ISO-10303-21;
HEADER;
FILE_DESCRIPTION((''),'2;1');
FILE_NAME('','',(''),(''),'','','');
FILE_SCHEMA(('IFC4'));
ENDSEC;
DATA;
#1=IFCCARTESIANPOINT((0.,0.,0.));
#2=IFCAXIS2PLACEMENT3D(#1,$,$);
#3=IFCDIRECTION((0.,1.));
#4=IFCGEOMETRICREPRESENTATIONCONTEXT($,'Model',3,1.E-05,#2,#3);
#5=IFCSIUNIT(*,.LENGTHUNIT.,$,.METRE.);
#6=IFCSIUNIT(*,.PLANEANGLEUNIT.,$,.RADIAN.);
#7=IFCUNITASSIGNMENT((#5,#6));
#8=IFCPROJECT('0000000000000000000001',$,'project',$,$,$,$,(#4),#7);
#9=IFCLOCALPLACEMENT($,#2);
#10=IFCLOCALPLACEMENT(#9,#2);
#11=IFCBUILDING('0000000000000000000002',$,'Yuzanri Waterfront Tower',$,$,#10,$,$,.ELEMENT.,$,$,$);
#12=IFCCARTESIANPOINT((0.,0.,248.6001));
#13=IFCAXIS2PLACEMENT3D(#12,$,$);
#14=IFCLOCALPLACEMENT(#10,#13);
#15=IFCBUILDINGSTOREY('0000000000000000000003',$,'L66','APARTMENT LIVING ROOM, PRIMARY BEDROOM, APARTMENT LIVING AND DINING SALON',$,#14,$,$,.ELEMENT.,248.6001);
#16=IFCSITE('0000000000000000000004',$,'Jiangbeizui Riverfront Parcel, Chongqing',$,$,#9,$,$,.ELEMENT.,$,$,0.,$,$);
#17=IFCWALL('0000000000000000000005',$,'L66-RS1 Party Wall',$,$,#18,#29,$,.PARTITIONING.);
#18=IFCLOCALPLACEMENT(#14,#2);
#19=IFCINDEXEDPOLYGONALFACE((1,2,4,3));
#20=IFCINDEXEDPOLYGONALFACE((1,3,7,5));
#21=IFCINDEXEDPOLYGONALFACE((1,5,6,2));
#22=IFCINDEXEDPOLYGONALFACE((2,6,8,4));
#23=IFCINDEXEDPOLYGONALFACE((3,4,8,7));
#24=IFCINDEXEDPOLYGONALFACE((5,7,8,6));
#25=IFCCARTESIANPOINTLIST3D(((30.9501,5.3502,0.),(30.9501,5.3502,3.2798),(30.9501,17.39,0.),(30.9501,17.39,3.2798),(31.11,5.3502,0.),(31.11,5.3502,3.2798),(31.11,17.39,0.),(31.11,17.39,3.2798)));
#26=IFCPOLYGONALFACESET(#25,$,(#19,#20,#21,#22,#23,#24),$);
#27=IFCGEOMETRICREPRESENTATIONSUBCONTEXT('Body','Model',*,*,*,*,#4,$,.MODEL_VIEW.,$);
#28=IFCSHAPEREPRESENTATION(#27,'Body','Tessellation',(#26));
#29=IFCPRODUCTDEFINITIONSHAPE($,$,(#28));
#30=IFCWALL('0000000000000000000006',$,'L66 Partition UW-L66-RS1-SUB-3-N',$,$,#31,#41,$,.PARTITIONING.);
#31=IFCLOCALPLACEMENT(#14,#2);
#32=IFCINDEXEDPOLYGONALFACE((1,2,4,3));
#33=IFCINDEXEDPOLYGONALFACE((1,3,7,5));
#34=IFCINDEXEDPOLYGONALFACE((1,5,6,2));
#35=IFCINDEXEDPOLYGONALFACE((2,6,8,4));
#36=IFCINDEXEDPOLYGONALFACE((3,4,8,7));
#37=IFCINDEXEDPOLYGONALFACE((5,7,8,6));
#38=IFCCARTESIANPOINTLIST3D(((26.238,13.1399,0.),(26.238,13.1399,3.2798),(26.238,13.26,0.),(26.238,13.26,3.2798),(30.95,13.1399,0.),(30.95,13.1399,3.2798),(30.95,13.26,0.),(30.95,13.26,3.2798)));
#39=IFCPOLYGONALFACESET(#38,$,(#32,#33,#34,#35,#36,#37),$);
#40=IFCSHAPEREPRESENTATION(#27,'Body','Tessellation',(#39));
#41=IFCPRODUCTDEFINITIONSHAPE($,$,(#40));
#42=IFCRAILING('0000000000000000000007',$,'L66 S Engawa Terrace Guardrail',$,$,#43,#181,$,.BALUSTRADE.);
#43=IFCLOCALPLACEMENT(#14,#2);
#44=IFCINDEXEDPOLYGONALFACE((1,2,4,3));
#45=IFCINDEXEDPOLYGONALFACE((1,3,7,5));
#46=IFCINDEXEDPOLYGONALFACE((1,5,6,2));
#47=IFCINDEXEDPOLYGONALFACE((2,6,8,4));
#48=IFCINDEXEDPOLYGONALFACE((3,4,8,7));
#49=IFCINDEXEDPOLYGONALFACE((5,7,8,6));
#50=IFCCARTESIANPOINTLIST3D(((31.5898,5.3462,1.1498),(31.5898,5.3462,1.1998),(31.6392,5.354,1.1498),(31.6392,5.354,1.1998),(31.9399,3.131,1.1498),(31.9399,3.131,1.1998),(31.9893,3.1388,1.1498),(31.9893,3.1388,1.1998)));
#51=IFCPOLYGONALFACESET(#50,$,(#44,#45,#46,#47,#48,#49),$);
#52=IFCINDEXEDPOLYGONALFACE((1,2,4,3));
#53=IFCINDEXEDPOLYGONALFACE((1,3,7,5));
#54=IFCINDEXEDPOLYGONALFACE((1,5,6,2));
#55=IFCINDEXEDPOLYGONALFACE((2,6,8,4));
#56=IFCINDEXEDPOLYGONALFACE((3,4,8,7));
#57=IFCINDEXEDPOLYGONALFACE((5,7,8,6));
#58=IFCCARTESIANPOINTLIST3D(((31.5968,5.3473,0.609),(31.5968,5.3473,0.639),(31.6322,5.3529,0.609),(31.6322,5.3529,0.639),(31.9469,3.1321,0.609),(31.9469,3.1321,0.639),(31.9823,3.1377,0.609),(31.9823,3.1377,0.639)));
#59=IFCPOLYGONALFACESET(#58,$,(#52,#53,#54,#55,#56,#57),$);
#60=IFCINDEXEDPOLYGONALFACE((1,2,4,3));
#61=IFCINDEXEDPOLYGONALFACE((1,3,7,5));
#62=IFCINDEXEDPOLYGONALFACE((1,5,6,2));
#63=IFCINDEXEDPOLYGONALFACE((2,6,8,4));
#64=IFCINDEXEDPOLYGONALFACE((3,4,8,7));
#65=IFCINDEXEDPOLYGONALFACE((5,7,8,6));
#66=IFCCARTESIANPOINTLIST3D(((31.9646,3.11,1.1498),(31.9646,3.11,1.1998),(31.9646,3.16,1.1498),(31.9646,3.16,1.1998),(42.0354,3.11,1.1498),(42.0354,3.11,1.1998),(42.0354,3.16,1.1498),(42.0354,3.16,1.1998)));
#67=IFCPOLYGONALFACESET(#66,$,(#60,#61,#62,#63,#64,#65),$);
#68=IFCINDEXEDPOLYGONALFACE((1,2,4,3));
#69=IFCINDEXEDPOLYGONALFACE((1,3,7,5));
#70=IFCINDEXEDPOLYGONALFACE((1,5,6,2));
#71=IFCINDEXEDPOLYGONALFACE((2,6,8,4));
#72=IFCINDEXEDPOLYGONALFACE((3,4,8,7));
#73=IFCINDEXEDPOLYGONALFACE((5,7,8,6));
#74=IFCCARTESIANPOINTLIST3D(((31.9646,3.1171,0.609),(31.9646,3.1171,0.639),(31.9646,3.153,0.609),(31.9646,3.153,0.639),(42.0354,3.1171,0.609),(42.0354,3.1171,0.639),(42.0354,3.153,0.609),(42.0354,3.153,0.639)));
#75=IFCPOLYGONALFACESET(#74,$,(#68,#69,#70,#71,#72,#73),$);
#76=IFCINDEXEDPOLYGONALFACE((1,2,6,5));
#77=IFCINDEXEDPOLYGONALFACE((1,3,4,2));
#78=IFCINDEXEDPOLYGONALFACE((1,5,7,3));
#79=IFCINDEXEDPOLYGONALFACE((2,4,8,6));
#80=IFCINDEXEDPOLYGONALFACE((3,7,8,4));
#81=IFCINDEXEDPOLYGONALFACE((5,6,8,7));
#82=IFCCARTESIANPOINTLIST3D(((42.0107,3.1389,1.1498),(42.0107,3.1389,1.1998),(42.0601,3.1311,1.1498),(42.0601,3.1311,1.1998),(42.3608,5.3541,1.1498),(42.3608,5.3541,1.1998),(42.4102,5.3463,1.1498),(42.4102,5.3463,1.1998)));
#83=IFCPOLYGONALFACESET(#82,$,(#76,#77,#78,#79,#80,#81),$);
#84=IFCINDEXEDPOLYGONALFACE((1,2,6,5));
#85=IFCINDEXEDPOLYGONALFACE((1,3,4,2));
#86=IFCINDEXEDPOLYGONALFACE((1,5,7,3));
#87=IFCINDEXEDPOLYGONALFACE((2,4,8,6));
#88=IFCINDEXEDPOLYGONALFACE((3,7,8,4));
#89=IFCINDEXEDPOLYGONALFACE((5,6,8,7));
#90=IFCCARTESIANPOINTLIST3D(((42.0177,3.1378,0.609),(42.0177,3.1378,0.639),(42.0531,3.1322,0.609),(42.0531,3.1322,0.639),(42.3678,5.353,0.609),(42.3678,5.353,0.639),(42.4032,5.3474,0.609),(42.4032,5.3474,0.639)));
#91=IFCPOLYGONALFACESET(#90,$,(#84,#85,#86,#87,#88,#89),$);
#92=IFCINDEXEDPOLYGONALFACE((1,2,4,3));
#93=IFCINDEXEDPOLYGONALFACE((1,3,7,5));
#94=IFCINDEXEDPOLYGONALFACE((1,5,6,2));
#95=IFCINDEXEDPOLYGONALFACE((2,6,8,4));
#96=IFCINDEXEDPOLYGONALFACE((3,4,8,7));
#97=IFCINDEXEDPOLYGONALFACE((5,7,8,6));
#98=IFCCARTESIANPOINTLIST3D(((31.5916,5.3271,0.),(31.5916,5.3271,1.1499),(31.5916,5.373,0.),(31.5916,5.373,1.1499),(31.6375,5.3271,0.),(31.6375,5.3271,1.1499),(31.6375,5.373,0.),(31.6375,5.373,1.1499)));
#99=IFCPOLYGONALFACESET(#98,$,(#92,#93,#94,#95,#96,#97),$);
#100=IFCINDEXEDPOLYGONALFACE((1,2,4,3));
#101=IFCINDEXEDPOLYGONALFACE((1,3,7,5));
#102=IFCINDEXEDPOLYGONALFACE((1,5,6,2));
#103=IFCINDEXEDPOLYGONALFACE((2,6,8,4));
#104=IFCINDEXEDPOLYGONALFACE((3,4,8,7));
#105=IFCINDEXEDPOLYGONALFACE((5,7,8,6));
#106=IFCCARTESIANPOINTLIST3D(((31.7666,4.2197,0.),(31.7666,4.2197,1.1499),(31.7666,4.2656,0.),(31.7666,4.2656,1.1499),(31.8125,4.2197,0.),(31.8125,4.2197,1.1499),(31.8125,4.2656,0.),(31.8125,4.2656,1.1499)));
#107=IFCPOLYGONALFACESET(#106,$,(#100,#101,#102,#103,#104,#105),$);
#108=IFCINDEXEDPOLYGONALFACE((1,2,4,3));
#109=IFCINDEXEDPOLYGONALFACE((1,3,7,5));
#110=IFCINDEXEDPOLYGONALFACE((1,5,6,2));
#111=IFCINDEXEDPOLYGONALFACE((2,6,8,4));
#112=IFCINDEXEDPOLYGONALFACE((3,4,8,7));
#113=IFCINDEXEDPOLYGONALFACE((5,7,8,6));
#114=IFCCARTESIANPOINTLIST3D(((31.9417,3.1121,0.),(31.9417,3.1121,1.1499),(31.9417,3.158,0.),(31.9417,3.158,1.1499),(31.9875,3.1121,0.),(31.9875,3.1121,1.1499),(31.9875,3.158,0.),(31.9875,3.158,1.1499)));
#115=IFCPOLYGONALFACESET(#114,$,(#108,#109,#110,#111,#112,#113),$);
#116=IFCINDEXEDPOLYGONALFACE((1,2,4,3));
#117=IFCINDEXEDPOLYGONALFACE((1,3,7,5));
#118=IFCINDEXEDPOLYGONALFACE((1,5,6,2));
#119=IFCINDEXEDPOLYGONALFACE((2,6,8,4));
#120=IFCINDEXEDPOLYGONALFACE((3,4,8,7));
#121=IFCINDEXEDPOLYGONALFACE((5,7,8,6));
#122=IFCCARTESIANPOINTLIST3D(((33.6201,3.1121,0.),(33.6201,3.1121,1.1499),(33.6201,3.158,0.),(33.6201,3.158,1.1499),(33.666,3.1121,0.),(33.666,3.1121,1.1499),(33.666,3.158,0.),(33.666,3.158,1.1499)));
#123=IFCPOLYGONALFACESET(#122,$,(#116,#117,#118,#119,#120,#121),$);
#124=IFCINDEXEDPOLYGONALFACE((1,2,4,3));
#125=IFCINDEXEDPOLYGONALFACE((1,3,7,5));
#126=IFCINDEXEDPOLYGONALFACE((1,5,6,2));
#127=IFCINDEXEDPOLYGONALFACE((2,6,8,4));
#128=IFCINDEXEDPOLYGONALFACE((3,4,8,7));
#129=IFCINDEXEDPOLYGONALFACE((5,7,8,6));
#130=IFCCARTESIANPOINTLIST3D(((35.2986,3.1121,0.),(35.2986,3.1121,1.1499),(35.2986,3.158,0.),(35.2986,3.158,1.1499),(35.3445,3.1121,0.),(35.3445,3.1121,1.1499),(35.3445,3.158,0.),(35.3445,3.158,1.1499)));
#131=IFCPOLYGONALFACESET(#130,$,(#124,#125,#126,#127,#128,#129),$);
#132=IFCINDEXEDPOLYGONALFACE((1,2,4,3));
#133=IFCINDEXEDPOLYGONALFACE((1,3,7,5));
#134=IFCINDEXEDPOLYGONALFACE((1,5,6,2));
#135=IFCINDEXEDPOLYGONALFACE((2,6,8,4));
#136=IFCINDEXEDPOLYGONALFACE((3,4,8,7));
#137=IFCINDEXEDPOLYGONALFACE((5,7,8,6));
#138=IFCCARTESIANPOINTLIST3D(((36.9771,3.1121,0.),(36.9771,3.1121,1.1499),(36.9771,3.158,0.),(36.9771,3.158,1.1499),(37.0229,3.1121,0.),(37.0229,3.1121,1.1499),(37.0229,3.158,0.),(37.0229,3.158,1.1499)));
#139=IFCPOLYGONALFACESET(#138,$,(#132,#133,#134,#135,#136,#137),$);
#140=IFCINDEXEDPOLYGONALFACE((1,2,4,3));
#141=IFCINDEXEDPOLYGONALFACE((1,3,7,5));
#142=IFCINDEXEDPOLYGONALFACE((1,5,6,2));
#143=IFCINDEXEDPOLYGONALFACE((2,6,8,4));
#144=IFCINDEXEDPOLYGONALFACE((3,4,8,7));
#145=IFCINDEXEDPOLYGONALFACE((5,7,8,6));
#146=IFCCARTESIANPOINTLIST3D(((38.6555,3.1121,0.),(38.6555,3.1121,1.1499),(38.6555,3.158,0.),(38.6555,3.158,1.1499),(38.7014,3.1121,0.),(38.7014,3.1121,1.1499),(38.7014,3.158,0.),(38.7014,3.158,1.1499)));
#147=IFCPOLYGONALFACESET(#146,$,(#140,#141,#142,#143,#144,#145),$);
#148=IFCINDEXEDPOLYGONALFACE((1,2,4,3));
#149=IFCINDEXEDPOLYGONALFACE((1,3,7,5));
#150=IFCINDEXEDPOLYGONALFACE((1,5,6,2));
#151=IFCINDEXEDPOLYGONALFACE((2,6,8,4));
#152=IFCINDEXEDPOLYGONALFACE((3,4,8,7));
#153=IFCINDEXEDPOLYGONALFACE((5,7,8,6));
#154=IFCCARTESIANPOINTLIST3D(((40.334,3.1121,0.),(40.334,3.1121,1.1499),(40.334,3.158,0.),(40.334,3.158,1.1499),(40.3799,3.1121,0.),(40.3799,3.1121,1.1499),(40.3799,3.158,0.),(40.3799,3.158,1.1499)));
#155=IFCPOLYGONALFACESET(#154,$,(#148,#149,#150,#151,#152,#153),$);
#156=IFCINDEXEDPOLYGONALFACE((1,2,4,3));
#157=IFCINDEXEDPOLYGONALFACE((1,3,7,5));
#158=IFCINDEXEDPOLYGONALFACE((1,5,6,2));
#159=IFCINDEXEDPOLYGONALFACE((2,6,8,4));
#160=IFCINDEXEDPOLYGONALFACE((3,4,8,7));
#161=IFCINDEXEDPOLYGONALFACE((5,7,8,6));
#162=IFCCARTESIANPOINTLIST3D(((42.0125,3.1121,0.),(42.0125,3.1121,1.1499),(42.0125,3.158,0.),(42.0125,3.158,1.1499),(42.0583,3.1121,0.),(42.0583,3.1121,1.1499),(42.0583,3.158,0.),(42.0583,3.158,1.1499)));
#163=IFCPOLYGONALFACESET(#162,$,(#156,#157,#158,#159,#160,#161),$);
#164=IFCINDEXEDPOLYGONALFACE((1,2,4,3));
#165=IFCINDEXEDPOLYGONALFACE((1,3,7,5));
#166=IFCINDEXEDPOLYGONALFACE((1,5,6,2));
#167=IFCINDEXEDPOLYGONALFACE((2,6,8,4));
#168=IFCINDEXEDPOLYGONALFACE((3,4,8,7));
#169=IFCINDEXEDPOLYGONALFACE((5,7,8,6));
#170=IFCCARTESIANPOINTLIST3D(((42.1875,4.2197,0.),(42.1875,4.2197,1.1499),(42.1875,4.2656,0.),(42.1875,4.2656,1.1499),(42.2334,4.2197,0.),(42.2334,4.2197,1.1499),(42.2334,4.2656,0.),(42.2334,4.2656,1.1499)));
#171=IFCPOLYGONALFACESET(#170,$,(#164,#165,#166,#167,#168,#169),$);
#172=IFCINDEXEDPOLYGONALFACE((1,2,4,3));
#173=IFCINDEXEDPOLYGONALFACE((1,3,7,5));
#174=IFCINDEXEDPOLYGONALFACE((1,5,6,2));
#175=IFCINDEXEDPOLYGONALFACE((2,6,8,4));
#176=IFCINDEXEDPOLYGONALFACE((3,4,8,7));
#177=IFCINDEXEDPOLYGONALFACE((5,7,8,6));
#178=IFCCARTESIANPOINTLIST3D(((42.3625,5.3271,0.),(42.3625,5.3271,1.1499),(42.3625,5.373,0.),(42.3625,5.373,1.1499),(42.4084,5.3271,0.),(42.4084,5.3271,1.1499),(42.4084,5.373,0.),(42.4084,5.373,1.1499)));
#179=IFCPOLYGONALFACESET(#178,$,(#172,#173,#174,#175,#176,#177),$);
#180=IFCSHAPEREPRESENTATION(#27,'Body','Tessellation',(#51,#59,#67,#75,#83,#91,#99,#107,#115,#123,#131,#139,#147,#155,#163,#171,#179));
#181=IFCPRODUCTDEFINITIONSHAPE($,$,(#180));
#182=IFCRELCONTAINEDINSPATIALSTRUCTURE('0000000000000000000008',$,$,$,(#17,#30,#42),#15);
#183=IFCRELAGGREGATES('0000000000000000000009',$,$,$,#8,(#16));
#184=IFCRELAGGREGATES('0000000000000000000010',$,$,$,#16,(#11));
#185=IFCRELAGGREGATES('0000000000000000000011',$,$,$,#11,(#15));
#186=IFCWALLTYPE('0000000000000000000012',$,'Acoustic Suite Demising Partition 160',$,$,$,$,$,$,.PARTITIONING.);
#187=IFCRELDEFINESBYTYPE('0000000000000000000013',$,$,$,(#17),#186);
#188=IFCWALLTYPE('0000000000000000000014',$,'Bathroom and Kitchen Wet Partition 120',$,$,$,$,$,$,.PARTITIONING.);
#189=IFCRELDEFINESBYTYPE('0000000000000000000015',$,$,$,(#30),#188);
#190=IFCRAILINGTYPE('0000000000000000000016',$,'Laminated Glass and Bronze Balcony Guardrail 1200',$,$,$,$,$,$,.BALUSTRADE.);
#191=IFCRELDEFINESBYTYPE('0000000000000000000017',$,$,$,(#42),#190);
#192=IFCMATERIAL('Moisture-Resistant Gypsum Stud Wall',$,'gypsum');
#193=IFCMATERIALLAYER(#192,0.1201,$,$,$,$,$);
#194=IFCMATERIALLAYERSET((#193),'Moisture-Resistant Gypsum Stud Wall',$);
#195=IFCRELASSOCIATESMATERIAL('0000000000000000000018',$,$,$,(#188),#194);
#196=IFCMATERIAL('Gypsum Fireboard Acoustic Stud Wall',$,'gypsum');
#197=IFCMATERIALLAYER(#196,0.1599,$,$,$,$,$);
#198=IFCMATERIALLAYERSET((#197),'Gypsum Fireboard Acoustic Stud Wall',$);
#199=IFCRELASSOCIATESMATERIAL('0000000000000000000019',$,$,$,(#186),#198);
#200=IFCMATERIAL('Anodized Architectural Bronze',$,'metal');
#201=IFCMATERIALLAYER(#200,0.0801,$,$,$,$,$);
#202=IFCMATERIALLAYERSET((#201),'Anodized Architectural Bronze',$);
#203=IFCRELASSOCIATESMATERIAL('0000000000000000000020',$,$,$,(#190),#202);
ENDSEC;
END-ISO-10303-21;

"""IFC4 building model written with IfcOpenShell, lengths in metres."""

from ifc_helpers import new_model, si_unit, direction, frame, frame_2d, origin, origin_2d, place, context, subcontext, project, spatial, rectangle, extrude, source, transform, mapped, material, layer, layer_set, type_object, element, save


model = new_model("IFC4")

# Units and contexts
model_context = context("Model", 3, precision=1e-05, world=origin(), true_north=direction((0.0, 1.0)))
body_context = subcontext(model_context, "Body", "Model", "MODEL_VIEW")
ifc_project = project(units=[si_unit("LENGTHUNIT", "METRE"), si_unit("PLANEANGLEUNIT", "RADIAN")], contexts=[model_context])

# Site, building, storey
site_placement = place(None, origin())
site = spatial("IfcSite", under=ifc_project, at=site_placement, Name="Jiangbeizui Riverfront Parcel, Chongqing", CompositionType="ELEMENT", RefElevation=0.0)
building_placement = place(site_placement, origin())
building = spatial("IfcBuilding", under=site, at=building_placement, Name="Yuzanri Waterfront Tower", CompositionType="ELEMENT")
storey_placement = place(building_placement, frame((0.0, 0.0, 248.6001)))
storey = spatial("IfcBuildingStorey", under=building, at=storey_placement, Name="L66", Description="APARTMENT LIVING ROOM, PRIMARY BEDROOM, APARTMENT LIVING AND DINING SALON", CompositionType="ELEMENT", Elevation=248.6001)

# Shared definitions
ifc_material_1 = material(Name="Moisture-Resistant Gypsum Stud Wall", Category="gypsum")
ifc_layer_1 = layer(ifc_material_1, 0.1201)
ifc_layer_set_1 = layer_set([ifc_layer_1], Name="Moisture-Resistant Gypsum Stud Wall")
wall_type_1 = type_object("IfcWallType", Name="Bathroom and Kitchen Wet Partition 120", PredefinedType="PARTITIONING", material=ifc_layer_set_1)

# Walls
ifc_material_2 = material(Name="Gypsum Fireboard Acoustic Stud Wall", Category="gypsum")
ifc_layer_2 = layer(ifc_material_2, 0.1599)
ifc_layer_set_2 = layer_set([ifc_layer_2], Name="Gypsum Fireboard Acoustic Stud Wall")
wall_type_2 = type_object("IfcWallType", Name="Acoustic Suite Demising Partition 160", PredefinedType="PARTITIONING", material=ifc_layer_set_2)
shared_shape_1 = source(origin(), body_context, "Body", "SweptSolid", [
    extrude(rectangle(XDim=12.0398, YDim=0.1599, at=frame_2d((6.02, 0.0))), origin(), (0.0, 0.0, 1.0), 3.2798),
])
wall_1_placement = place(storey_placement, frame((31.03, 5.3501, 0.0), z_axis=(0.0, 0.0, 1.0), x_axis=(0.0, 1.0, 0.0)))
element("IfcWall", 1, at=wall_1_placement, inside=storey, type_object=wall_type_2, Name="L66-RS1 Party Wall", PredefinedType="PARTITIONING", context=body_context, shape_type="MappedRepresentation", body=[
    mapped(shared_shape_1, transform((0.0, 0.0, 0.0), scale=1.0)),
])
shared_shape_2 = source(origin(), body_context, "Body", "SweptSolid", [
    extrude(rectangle(XDim=4.7119, YDim=0.1201, at=frame_2d((2.356, 0.0))), origin(), (0.0, 0.0, 1.0), 3.2798),
])
wall_2_placement = place(storey_placement, frame((26.238, 13.2, 0.0), z_axis=(0.0, 0.0, 1.0), x_axis=(1.0, 0.0, 0.0)))
element("IfcWall", 2, at=wall_2_placement, inside=storey, type_object=wall_type_1, Name="L66 Partition UW-L66-RS1-SUB-3-N", PredefinedType="PARTITIONING", context=body_context, shape_type="MappedRepresentation", body=[
    mapped(shared_shape_2, transform((0.0, 0.0, 0.0), scale=1.0)),
])

# Railing
ifc_material_3 = material(Name="Anodized Architectural Bronze", Category="metal")
ifc_layer_3 = layer(ifc_material_3, 0.0801)
ifc_layer_set_3 = layer_set([ifc_layer_3], Name="Anodized Architectural Bronze")
railing_type = type_object("IfcRailingType", Name="Laminated Glass and Bronze Balcony Guardrail 1200", PredefinedType="BALUSTRADE", material=ifc_layer_set_3)
shared_shape_3 = source(origin(), body_context, "Body", "SweptSolid", [
    extrude(rectangle(XDim=0.05, YDim=0.05, at=origin_2d()), frame((0.0, 0.0, 1.1748), z_axis=(0.156114, -0.987739, 0.0), x_axis=(0.987739, 0.156114, 0.0)), (0.0, 0.0, 1.0), 2.2427),
    extrude(rectangle(XDim=0.0359, YDim=0.03, at=origin_2d()), frame((0.0, 0.0, 0.624), z_axis=(0.156114, -0.987739, 0.0), x_axis=(0.987739, 0.156114, 0.0)), (0.0, 0.0, 1.0), 2.2427),
    extrude(rectangle(XDim=0.05, YDim=0.05, at=origin_2d()), frame((0.3501, -2.2151, 1.1748), z_axis=(1.0, 0.0, 0.0), x_axis=(0.0, 1.0, 0.0)), (0.0, 0.0, 1.0), 10.0708),
    extrude(rectangle(XDim=0.0359, YDim=0.03, at=origin_2d()), frame((0.3501, -2.2151, 0.624), z_axis=(1.0, 0.0, 0.0), x_axis=(0.0, 1.0, 0.0)), (0.0, 0.0, 1.0), 10.0708),
    extrude(rectangle(XDim=0.05, YDim=0.05, at=origin_2d()), frame((10.4209, -2.2151, 1.1748), z_axis=(0.156114, 0.987739, 0.0), x_axis=(-0.987739, 0.156114, 0.0)), (0.0, 0.0, 1.0), 2.2427),
    extrude(rectangle(XDim=0.0359, YDim=0.03, at=origin_2d()), frame((10.4209, -2.2151, 0.624), z_axis=(0.156114, 0.987739, 0.0), x_axis=(-0.987739, 0.156114, 0.0)), (0.0, 0.0, 1.0), 2.2427),
    extrude(rectangle(XDim=0.0459, YDim=0.0459, at=origin_2d()), origin(), (0.0, 0.0, 1.0), 1.1499),
    extrude(rectangle(XDim=0.0459, YDim=0.0459, at=origin_2d()), frame((0.175, -1.1074, 0.0)), (0.0, 0.0, 1.0), 1.1499),
    extrude(rectangle(XDim=0.0459, YDim=0.0459, at=origin_2d()), frame((0.3501, -2.2151, 0.0)), (0.0, 0.0, 1.0), 1.1499),
    extrude(rectangle(XDim=0.0459, YDim=0.0459, at=origin_2d()), frame((2.0286, -2.2151, 0.0)), (0.0, 0.0, 1.0), 1.1499),
    extrude(rectangle(XDim=0.0459, YDim=0.0459, at=origin_2d()), frame((3.707, -2.2151, 0.0)), (0.0, 0.0, 1.0), 1.1499),
    extrude(rectangle(XDim=0.0459, YDim=0.0459, at=origin_2d()), frame((5.3855, -2.2151, 0.0)), (0.0, 0.0, 1.0), 1.1499),
    extrude(rectangle(XDim=0.0459, YDim=0.0459, at=origin_2d()), frame((7.064, -2.2151, 0.0)), (0.0, 0.0, 1.0), 1.1499),
    extrude(rectangle(XDim=0.0459, YDim=0.0459, at=origin_2d()), frame((8.7424, -2.2151, 0.0)), (0.0, 0.0, 1.0), 1.1499),
    extrude(rectangle(XDim=0.0459, YDim=0.0459, at=origin_2d()), frame((10.4209, -2.2151, 0.0)), (0.0, 0.0, 1.0), 1.1499),
    extrude(rectangle(XDim=0.0459, YDim=0.0459, at=origin_2d()), frame((10.5959, -1.1074, 0.0)), (0.0, 0.0, 1.0), 1.1499),
    extrude(rectangle(XDim=0.0459, YDim=0.0459, at=origin_2d()), frame((10.771, 0.0, 0.0)), (0.0, 0.0, 1.0), 1.1499),
])
railing_placement = place(storey_placement, frame((31.6145, 5.3501, 0.0)))
element("IfcRailing", 3, at=railing_placement, inside=storey, type_object=railing_type, Name="L66 S Engawa Terrace Guardrail", PredefinedType="BALUSTRADE", context=body_context, shape_type="MappedRepresentation", body=[
    mapped(shared_shape_3, transform((0.0, 0.0, 0.0), scale=1.0)),
])

save(model, "model.ifc")
